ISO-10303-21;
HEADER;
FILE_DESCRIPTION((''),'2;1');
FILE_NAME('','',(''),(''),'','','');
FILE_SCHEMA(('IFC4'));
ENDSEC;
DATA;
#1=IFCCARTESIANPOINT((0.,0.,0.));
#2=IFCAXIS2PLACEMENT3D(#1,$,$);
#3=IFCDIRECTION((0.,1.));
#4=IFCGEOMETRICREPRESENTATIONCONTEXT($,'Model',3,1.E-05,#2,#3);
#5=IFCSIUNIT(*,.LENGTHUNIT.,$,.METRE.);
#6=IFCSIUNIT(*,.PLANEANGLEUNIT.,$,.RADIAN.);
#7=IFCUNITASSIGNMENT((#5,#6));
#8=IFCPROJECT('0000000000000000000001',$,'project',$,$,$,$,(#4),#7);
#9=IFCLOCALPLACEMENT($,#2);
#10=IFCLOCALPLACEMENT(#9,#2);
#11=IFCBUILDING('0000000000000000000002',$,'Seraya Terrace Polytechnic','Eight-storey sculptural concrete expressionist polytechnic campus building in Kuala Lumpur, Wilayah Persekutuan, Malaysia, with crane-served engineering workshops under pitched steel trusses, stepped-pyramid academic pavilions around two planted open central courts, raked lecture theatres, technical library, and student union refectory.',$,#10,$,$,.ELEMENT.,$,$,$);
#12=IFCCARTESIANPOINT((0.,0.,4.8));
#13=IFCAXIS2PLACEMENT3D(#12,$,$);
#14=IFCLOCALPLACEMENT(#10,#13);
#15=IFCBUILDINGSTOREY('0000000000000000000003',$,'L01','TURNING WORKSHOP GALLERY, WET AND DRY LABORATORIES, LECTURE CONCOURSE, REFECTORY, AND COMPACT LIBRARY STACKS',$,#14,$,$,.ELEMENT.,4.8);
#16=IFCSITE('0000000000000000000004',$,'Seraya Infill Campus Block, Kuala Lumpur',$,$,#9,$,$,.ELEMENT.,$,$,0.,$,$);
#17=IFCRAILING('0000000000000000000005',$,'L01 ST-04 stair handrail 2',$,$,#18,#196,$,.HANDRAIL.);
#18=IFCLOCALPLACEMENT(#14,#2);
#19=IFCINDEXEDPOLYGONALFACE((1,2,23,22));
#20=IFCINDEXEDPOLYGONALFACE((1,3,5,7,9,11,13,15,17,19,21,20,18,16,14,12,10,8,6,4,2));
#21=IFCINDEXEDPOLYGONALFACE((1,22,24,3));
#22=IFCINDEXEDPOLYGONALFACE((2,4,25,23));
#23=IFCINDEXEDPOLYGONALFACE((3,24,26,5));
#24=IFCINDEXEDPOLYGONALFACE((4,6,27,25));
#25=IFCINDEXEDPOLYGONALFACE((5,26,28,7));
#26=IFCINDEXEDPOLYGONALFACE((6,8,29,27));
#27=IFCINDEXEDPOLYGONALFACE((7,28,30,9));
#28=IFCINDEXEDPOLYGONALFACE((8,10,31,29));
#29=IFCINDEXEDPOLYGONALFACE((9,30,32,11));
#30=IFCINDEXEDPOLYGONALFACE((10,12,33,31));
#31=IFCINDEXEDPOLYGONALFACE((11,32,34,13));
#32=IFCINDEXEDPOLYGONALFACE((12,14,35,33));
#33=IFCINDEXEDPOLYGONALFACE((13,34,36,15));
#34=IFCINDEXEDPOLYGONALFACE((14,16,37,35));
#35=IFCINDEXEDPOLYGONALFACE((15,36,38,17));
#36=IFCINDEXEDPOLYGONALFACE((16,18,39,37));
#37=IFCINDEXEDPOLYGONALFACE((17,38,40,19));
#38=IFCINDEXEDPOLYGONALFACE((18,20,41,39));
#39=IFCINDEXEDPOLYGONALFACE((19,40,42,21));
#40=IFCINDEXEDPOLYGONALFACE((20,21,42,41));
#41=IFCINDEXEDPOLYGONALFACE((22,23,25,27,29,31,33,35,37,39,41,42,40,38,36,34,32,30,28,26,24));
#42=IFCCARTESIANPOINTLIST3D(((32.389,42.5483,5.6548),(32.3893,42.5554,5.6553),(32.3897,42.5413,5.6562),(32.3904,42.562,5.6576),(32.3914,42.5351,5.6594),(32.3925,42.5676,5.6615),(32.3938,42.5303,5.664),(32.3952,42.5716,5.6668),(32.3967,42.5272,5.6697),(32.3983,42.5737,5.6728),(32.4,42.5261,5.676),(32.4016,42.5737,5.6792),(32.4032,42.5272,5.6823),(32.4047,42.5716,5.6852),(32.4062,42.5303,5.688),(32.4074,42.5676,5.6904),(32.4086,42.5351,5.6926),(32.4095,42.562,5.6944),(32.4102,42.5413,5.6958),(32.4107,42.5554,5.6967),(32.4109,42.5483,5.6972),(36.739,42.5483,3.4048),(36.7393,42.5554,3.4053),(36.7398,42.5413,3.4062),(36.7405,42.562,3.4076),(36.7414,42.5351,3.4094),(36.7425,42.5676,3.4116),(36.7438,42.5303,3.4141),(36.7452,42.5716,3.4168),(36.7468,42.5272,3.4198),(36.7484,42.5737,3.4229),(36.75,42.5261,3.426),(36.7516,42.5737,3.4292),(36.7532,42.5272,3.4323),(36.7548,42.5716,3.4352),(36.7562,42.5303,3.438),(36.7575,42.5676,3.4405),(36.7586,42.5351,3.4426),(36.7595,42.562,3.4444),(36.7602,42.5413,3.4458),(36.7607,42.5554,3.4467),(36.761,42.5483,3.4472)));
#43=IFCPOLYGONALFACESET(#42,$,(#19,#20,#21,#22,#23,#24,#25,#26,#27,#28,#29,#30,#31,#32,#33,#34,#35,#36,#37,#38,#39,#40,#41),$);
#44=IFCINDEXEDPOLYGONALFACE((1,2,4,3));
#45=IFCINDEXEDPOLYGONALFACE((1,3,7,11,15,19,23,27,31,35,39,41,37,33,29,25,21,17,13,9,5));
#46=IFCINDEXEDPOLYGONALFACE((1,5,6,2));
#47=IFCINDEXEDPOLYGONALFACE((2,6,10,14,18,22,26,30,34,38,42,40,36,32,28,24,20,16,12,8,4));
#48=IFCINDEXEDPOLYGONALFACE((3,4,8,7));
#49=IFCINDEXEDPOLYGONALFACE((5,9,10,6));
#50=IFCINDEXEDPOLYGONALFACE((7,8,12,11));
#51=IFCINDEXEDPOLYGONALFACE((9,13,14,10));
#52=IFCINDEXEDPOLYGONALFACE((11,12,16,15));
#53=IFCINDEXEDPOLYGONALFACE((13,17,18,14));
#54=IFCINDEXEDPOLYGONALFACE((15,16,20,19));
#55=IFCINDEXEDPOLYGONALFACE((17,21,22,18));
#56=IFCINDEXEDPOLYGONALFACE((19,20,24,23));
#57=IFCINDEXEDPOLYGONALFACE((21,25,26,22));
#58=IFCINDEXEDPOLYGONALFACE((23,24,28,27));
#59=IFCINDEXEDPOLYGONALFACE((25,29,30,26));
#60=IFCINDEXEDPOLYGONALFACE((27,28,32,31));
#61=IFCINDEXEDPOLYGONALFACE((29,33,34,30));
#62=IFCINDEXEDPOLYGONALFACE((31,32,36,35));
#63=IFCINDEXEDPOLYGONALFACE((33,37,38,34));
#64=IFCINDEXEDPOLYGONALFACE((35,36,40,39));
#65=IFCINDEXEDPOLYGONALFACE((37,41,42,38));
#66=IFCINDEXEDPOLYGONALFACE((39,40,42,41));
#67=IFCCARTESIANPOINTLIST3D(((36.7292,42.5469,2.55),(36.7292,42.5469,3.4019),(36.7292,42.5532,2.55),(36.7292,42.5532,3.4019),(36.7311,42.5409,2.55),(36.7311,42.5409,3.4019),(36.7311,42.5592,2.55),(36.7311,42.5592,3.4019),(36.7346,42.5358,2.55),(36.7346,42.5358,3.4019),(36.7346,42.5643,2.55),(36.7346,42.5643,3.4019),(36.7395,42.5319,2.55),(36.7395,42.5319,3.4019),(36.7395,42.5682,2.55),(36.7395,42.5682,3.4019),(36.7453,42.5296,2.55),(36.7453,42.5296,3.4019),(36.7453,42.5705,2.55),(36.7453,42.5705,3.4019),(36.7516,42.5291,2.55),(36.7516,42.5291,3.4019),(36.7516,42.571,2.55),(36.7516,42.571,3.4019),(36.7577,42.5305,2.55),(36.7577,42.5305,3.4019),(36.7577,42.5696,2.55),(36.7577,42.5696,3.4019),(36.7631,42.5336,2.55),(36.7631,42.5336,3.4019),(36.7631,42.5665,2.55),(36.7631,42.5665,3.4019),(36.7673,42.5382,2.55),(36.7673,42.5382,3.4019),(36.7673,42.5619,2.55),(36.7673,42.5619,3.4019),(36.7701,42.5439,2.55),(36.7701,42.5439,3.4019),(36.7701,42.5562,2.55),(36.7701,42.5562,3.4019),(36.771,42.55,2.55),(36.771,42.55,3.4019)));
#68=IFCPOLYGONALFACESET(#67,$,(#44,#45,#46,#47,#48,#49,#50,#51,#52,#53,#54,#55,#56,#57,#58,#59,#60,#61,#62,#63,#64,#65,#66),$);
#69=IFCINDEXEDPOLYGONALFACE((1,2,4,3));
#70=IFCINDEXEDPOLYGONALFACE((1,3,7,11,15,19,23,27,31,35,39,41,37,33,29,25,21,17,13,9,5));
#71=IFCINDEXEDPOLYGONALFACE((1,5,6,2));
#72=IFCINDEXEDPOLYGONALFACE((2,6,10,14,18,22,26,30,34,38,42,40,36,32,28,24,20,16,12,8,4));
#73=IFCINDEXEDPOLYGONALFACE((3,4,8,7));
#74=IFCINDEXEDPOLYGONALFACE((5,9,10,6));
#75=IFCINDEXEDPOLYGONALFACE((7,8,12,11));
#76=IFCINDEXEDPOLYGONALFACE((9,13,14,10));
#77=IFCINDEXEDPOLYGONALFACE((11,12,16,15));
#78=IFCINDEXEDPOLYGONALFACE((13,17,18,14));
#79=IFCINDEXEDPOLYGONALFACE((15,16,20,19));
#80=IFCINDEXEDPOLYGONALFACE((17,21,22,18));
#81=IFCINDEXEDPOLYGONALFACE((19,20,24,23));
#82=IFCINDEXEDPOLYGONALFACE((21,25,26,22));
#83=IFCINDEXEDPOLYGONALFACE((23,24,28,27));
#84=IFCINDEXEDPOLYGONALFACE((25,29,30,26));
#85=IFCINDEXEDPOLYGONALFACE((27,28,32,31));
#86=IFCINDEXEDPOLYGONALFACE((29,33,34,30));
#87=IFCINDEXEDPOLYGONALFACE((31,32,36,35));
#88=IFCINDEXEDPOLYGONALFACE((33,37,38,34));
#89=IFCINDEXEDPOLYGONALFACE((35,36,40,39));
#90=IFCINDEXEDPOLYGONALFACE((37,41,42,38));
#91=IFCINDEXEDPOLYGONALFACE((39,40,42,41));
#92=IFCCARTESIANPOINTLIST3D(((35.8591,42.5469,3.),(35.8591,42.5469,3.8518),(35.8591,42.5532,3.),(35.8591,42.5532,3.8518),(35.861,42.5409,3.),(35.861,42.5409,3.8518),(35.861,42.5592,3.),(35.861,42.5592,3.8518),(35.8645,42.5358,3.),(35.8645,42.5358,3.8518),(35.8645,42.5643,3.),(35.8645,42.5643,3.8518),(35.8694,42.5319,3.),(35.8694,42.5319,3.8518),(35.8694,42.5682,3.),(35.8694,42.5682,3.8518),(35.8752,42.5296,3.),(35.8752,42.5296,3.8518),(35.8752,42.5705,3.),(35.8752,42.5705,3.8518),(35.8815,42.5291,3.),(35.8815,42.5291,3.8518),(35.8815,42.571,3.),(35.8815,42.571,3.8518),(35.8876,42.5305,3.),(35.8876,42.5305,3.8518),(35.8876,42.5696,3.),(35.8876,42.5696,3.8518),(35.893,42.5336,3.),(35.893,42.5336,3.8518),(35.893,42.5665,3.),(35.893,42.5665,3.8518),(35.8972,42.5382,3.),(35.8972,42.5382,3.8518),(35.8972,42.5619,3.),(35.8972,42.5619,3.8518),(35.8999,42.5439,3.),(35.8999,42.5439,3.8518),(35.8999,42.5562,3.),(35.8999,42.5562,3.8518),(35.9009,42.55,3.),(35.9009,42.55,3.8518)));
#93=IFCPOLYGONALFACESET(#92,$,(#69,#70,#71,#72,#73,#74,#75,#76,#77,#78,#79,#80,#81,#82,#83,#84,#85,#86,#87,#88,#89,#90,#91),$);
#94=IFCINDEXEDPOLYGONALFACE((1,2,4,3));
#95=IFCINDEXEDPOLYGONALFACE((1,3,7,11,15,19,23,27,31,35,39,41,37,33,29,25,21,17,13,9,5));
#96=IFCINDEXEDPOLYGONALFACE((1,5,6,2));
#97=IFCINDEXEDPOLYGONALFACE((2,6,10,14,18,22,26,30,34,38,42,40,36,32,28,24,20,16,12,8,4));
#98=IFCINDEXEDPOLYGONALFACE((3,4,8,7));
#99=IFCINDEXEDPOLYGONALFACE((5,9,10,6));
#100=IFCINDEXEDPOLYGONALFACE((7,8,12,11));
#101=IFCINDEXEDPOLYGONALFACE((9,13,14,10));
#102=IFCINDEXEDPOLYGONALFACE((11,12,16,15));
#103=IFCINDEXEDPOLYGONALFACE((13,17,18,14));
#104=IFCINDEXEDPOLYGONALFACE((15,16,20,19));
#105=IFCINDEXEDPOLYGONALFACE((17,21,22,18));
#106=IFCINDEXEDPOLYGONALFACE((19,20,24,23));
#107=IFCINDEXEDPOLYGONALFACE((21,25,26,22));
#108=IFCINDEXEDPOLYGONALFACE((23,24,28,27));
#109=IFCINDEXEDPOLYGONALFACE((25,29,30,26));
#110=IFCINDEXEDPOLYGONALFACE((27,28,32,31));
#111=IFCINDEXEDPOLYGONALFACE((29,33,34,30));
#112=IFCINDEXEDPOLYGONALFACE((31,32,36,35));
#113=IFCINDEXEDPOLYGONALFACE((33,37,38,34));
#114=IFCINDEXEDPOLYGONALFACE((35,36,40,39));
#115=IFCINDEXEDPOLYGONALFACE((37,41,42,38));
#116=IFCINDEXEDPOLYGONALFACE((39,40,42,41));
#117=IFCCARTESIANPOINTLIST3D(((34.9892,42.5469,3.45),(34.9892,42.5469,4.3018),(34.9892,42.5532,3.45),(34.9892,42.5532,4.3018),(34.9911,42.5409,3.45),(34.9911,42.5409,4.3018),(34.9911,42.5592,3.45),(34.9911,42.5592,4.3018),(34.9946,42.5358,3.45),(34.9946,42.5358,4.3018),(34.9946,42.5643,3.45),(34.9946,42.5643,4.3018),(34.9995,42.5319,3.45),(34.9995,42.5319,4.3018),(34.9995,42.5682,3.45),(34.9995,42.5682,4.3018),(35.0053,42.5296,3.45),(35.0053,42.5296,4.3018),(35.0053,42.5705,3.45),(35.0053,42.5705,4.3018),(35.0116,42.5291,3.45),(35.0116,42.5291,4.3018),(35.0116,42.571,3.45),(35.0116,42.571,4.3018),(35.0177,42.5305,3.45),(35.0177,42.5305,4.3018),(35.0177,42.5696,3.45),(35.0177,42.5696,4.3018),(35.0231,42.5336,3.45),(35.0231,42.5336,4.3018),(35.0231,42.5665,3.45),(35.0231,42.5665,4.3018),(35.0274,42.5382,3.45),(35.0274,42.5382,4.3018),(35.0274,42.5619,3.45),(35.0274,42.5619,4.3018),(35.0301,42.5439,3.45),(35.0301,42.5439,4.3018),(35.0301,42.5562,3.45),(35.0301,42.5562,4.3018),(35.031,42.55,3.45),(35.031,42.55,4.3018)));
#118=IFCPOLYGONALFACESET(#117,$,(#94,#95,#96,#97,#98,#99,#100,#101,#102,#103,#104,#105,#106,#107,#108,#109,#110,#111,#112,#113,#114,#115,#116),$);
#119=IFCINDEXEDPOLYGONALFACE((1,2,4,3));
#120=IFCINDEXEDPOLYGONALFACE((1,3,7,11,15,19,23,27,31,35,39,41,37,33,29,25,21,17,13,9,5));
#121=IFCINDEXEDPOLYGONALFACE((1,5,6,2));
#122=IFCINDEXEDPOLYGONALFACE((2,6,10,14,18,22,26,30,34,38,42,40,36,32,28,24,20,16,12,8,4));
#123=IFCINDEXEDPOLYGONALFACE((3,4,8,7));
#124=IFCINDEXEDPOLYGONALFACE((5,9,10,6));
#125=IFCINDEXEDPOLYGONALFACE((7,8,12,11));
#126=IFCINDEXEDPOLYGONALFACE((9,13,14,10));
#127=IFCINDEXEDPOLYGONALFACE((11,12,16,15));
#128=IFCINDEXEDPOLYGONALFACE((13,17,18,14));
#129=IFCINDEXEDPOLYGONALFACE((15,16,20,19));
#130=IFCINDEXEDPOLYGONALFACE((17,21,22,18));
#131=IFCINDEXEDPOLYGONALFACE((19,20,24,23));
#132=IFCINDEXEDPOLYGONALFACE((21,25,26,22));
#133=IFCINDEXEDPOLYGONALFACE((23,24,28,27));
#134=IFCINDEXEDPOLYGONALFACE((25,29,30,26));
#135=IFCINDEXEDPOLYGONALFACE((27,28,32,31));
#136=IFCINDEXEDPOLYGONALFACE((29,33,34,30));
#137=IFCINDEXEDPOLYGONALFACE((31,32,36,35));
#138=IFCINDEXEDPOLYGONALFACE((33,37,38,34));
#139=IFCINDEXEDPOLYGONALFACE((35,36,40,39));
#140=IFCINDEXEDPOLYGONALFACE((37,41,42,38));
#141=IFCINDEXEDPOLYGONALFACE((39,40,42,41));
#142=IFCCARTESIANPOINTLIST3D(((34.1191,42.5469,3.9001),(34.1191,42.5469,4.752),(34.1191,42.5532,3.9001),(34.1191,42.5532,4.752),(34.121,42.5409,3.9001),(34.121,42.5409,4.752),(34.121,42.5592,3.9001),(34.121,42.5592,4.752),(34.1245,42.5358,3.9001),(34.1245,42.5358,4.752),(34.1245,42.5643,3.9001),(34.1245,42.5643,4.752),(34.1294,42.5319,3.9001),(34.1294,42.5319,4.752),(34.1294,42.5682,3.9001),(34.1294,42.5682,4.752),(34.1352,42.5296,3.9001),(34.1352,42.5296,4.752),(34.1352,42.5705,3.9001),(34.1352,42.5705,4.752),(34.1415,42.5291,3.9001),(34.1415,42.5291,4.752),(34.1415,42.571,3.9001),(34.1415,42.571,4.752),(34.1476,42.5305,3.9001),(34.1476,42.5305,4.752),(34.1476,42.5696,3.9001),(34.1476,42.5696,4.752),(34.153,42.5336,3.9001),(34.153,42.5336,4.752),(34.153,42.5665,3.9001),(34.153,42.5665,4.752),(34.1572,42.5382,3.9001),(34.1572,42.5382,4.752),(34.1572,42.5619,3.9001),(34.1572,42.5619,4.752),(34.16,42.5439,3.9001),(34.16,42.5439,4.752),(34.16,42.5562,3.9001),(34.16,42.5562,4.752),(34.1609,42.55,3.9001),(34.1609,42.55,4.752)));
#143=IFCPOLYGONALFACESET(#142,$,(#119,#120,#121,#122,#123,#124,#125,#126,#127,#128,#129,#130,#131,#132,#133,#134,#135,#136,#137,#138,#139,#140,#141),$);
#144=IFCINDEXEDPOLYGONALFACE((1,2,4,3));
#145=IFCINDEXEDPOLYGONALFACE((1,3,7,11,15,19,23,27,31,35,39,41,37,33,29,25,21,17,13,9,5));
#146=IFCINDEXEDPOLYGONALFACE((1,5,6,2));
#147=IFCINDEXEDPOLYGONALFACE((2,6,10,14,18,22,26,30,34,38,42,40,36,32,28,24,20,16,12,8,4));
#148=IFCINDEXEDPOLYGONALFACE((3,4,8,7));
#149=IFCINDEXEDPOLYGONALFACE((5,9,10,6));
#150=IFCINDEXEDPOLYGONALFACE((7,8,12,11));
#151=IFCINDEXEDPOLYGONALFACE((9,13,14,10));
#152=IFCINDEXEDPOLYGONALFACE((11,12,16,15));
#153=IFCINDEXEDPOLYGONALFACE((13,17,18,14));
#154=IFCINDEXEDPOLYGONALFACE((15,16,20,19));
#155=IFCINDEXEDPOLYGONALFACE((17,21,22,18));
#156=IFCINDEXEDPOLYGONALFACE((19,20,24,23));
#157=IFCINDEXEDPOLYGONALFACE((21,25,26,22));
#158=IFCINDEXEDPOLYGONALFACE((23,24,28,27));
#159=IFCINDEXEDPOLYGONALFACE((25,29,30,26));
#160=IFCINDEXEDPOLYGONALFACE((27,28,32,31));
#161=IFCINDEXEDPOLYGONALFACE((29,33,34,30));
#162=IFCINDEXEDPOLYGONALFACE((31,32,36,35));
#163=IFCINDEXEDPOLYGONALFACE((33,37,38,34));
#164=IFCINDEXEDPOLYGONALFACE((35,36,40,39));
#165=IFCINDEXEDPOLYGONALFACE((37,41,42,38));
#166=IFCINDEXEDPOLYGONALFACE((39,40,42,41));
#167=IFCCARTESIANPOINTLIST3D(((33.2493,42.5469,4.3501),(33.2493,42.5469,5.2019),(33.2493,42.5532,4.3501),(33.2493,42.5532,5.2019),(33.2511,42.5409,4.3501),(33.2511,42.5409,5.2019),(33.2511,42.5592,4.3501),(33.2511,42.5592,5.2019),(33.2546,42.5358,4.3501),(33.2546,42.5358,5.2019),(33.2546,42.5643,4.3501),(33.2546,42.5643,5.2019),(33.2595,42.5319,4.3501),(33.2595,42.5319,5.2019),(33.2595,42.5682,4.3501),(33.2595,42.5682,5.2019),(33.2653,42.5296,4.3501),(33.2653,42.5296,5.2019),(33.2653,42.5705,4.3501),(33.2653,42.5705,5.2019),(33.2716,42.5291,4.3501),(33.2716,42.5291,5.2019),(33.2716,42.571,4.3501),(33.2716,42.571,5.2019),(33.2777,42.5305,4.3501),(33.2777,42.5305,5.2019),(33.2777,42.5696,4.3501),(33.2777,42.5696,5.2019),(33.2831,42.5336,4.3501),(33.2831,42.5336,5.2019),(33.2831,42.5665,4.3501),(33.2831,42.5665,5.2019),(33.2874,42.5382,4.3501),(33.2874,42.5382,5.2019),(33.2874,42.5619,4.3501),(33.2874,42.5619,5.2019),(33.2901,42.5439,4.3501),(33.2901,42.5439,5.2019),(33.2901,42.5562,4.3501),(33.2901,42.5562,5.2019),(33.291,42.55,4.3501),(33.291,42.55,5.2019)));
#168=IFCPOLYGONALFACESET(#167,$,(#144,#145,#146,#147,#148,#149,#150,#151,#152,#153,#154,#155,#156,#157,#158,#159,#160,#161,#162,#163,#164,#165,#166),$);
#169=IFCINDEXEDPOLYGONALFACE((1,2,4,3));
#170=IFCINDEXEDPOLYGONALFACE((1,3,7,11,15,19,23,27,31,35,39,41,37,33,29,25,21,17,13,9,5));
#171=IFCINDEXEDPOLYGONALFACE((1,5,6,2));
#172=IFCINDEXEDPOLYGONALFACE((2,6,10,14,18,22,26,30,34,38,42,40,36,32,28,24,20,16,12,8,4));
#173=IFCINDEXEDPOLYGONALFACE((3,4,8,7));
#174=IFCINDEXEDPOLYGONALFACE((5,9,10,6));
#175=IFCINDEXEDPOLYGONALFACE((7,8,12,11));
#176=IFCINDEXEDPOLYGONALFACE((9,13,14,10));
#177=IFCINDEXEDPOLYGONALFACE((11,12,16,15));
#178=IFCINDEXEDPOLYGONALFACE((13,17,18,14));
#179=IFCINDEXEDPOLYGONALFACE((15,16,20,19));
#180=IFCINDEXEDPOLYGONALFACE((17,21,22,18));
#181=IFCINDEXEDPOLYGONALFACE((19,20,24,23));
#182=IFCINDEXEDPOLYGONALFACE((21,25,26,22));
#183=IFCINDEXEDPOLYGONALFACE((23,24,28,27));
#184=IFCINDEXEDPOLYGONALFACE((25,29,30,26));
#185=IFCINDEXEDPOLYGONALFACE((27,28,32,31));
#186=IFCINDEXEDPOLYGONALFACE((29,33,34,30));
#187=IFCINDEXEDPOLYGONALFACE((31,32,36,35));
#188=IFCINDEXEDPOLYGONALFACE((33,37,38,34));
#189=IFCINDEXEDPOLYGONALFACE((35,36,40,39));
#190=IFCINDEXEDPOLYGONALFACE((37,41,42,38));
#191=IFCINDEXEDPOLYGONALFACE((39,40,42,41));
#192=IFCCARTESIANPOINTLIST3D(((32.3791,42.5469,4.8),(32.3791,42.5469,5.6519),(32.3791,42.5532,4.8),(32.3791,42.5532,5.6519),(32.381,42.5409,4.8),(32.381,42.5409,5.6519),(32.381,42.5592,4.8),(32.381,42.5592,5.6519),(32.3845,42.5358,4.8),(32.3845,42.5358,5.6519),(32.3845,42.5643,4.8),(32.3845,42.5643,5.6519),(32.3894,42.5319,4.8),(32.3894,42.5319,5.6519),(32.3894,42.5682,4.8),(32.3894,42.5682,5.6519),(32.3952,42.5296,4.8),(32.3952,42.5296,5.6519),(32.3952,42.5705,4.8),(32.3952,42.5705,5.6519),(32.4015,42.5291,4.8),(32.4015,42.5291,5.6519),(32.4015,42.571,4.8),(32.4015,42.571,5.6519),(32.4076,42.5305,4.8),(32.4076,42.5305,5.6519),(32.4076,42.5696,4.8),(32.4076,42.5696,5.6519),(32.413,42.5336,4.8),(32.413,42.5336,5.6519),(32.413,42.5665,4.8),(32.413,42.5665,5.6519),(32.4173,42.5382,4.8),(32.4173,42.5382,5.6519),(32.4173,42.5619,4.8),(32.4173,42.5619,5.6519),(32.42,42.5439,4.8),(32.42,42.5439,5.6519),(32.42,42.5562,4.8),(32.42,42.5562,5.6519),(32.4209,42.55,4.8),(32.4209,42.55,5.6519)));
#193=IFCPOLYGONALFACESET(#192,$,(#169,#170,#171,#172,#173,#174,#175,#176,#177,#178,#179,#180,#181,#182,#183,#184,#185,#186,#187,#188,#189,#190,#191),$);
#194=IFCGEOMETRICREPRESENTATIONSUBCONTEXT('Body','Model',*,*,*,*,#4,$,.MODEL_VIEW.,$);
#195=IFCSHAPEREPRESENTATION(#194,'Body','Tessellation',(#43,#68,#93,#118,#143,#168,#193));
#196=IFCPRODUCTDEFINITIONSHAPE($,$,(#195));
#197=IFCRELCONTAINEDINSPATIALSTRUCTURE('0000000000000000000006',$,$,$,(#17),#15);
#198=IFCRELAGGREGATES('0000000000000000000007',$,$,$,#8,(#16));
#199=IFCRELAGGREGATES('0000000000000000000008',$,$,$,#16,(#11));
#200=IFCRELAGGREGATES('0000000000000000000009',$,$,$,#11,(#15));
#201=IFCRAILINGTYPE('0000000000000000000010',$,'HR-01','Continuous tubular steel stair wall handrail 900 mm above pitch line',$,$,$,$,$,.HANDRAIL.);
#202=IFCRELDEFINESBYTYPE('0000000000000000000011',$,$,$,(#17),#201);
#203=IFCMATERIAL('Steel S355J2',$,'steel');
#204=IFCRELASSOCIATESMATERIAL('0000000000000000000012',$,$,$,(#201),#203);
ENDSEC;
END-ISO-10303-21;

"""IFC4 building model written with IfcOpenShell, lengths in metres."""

from ifc_helpers import new_model, si_unit, direction, frame, origin, origin_2d, place, context, subcontext, project, spatial, circle, extrude, material, type_object, element, save


model = new_model("IFC4")

# Units and contexts
model_context = context("Model", 3, precision=1e-05, world=origin(), true_north=direction((0.0, 1.0)))
body_context = subcontext(model_context, "Body", "Model", "MODEL_VIEW")
ifc_project = project(units=[si_unit("LENGTHUNIT", "METRE"), si_unit("PLANEANGLEUNIT", "RADIAN")], contexts=[model_context])

# Site, building, storey
site_placement = place(None, origin())
site = spatial("IfcSite", under=ifc_project, at=site_placement, Name="Seraya Infill Campus Block, Kuala Lumpur", CompositionType="ELEMENT", RefElevation=0.0)
building_placement = place(site_placement, origin())
building = spatial("IfcBuilding", under=site, at=building_placement, Name="Seraya Terrace Polytechnic", Description="Eight-storey sculptural concrete expressionist polytechnic campus building in Kuala Lumpur, Wilayah Persekutuan, Malaysia, with crane-served engineering workshops under pitched steel trusses, stepped-pyramid academic pavilions around two planted open central courts, raked lecture theatres, technical library, and student union refectory.", CompositionType="ELEMENT")
storey_placement = place(building_placement, frame((0.0, 0.0, 4.8)))
storey = spatial("IfcBuildingStorey", under=building, at=storey_placement, Name="L01", Description="TURNING WORKSHOP GALLERY, WET AND DRY LABORATORIES, LECTURE CONCOURSE, REFECTORY, AND COMPACT LIBRARY STACKS", CompositionType="ELEMENT", Elevation=4.8)

# Shared definitions
ifc_material_1 = material(Name="Steel S355J2", Category="steel")

# Railing
railing_type_1 = type_object("IfcRailingType", Name="HR-01", Description="Continuous tubular steel stair wall handrail 900 mm above pitch line", PredefinedType="HANDRAIL", material=ifc_material_1)
railing_1_placement = place(storey_placement, frame((36.75, 42.55, 2.55)))
element("IfcRailing", 1, at=railing_1_placement, inside=storey, type_object=railing_type_1, Name="L01 ST-04 stair handrail 2", PredefinedType="HANDRAIL", context=body_context, shape_type="SweptSolid", body=[
    extrude(circle(Radius=0.0239, at=origin_2d()), frame((0.0, 0.0, 0.876), z_axis=(-0.888222, 0.0, 0.459415), x_axis=(0.0, -1.0, 0.0)), (0.0, 0.0, 1.0), 4.8975),
    extrude(circle(Radius=0.021, at=origin_2d()), origin(), (0.0, 0.0, 1.0), 0.8518),
    extrude(circle(Radius=0.021, at=origin_2d()), frame((-0.8701, 0.0, 0.45)), (0.0, 0.0, 1.0), 0.8518),
    extrude(circle(Radius=0.021, at=origin_2d()), frame((-1.74, 0.0, 0.8999)), (0.0, 0.0, 1.0), 0.8518),
    extrude(circle(Radius=0.021, at=origin_2d()), frame((-2.6101, 0.0, 1.3501)), (0.0, 0.0, 1.0), 0.8518),
    extrude(circle(Radius=0.021, at=origin_2d()), frame((-3.48, 0.0, 1.8)), (0.0, 0.0, 1.0), 0.8518),
    extrude(circle(Radius=0.021, at=origin_2d()), frame((-4.3501, 0.0, 2.25)), (0.0, 0.0, 1.0), 0.8518),
])

save(model, "model.ifc")
